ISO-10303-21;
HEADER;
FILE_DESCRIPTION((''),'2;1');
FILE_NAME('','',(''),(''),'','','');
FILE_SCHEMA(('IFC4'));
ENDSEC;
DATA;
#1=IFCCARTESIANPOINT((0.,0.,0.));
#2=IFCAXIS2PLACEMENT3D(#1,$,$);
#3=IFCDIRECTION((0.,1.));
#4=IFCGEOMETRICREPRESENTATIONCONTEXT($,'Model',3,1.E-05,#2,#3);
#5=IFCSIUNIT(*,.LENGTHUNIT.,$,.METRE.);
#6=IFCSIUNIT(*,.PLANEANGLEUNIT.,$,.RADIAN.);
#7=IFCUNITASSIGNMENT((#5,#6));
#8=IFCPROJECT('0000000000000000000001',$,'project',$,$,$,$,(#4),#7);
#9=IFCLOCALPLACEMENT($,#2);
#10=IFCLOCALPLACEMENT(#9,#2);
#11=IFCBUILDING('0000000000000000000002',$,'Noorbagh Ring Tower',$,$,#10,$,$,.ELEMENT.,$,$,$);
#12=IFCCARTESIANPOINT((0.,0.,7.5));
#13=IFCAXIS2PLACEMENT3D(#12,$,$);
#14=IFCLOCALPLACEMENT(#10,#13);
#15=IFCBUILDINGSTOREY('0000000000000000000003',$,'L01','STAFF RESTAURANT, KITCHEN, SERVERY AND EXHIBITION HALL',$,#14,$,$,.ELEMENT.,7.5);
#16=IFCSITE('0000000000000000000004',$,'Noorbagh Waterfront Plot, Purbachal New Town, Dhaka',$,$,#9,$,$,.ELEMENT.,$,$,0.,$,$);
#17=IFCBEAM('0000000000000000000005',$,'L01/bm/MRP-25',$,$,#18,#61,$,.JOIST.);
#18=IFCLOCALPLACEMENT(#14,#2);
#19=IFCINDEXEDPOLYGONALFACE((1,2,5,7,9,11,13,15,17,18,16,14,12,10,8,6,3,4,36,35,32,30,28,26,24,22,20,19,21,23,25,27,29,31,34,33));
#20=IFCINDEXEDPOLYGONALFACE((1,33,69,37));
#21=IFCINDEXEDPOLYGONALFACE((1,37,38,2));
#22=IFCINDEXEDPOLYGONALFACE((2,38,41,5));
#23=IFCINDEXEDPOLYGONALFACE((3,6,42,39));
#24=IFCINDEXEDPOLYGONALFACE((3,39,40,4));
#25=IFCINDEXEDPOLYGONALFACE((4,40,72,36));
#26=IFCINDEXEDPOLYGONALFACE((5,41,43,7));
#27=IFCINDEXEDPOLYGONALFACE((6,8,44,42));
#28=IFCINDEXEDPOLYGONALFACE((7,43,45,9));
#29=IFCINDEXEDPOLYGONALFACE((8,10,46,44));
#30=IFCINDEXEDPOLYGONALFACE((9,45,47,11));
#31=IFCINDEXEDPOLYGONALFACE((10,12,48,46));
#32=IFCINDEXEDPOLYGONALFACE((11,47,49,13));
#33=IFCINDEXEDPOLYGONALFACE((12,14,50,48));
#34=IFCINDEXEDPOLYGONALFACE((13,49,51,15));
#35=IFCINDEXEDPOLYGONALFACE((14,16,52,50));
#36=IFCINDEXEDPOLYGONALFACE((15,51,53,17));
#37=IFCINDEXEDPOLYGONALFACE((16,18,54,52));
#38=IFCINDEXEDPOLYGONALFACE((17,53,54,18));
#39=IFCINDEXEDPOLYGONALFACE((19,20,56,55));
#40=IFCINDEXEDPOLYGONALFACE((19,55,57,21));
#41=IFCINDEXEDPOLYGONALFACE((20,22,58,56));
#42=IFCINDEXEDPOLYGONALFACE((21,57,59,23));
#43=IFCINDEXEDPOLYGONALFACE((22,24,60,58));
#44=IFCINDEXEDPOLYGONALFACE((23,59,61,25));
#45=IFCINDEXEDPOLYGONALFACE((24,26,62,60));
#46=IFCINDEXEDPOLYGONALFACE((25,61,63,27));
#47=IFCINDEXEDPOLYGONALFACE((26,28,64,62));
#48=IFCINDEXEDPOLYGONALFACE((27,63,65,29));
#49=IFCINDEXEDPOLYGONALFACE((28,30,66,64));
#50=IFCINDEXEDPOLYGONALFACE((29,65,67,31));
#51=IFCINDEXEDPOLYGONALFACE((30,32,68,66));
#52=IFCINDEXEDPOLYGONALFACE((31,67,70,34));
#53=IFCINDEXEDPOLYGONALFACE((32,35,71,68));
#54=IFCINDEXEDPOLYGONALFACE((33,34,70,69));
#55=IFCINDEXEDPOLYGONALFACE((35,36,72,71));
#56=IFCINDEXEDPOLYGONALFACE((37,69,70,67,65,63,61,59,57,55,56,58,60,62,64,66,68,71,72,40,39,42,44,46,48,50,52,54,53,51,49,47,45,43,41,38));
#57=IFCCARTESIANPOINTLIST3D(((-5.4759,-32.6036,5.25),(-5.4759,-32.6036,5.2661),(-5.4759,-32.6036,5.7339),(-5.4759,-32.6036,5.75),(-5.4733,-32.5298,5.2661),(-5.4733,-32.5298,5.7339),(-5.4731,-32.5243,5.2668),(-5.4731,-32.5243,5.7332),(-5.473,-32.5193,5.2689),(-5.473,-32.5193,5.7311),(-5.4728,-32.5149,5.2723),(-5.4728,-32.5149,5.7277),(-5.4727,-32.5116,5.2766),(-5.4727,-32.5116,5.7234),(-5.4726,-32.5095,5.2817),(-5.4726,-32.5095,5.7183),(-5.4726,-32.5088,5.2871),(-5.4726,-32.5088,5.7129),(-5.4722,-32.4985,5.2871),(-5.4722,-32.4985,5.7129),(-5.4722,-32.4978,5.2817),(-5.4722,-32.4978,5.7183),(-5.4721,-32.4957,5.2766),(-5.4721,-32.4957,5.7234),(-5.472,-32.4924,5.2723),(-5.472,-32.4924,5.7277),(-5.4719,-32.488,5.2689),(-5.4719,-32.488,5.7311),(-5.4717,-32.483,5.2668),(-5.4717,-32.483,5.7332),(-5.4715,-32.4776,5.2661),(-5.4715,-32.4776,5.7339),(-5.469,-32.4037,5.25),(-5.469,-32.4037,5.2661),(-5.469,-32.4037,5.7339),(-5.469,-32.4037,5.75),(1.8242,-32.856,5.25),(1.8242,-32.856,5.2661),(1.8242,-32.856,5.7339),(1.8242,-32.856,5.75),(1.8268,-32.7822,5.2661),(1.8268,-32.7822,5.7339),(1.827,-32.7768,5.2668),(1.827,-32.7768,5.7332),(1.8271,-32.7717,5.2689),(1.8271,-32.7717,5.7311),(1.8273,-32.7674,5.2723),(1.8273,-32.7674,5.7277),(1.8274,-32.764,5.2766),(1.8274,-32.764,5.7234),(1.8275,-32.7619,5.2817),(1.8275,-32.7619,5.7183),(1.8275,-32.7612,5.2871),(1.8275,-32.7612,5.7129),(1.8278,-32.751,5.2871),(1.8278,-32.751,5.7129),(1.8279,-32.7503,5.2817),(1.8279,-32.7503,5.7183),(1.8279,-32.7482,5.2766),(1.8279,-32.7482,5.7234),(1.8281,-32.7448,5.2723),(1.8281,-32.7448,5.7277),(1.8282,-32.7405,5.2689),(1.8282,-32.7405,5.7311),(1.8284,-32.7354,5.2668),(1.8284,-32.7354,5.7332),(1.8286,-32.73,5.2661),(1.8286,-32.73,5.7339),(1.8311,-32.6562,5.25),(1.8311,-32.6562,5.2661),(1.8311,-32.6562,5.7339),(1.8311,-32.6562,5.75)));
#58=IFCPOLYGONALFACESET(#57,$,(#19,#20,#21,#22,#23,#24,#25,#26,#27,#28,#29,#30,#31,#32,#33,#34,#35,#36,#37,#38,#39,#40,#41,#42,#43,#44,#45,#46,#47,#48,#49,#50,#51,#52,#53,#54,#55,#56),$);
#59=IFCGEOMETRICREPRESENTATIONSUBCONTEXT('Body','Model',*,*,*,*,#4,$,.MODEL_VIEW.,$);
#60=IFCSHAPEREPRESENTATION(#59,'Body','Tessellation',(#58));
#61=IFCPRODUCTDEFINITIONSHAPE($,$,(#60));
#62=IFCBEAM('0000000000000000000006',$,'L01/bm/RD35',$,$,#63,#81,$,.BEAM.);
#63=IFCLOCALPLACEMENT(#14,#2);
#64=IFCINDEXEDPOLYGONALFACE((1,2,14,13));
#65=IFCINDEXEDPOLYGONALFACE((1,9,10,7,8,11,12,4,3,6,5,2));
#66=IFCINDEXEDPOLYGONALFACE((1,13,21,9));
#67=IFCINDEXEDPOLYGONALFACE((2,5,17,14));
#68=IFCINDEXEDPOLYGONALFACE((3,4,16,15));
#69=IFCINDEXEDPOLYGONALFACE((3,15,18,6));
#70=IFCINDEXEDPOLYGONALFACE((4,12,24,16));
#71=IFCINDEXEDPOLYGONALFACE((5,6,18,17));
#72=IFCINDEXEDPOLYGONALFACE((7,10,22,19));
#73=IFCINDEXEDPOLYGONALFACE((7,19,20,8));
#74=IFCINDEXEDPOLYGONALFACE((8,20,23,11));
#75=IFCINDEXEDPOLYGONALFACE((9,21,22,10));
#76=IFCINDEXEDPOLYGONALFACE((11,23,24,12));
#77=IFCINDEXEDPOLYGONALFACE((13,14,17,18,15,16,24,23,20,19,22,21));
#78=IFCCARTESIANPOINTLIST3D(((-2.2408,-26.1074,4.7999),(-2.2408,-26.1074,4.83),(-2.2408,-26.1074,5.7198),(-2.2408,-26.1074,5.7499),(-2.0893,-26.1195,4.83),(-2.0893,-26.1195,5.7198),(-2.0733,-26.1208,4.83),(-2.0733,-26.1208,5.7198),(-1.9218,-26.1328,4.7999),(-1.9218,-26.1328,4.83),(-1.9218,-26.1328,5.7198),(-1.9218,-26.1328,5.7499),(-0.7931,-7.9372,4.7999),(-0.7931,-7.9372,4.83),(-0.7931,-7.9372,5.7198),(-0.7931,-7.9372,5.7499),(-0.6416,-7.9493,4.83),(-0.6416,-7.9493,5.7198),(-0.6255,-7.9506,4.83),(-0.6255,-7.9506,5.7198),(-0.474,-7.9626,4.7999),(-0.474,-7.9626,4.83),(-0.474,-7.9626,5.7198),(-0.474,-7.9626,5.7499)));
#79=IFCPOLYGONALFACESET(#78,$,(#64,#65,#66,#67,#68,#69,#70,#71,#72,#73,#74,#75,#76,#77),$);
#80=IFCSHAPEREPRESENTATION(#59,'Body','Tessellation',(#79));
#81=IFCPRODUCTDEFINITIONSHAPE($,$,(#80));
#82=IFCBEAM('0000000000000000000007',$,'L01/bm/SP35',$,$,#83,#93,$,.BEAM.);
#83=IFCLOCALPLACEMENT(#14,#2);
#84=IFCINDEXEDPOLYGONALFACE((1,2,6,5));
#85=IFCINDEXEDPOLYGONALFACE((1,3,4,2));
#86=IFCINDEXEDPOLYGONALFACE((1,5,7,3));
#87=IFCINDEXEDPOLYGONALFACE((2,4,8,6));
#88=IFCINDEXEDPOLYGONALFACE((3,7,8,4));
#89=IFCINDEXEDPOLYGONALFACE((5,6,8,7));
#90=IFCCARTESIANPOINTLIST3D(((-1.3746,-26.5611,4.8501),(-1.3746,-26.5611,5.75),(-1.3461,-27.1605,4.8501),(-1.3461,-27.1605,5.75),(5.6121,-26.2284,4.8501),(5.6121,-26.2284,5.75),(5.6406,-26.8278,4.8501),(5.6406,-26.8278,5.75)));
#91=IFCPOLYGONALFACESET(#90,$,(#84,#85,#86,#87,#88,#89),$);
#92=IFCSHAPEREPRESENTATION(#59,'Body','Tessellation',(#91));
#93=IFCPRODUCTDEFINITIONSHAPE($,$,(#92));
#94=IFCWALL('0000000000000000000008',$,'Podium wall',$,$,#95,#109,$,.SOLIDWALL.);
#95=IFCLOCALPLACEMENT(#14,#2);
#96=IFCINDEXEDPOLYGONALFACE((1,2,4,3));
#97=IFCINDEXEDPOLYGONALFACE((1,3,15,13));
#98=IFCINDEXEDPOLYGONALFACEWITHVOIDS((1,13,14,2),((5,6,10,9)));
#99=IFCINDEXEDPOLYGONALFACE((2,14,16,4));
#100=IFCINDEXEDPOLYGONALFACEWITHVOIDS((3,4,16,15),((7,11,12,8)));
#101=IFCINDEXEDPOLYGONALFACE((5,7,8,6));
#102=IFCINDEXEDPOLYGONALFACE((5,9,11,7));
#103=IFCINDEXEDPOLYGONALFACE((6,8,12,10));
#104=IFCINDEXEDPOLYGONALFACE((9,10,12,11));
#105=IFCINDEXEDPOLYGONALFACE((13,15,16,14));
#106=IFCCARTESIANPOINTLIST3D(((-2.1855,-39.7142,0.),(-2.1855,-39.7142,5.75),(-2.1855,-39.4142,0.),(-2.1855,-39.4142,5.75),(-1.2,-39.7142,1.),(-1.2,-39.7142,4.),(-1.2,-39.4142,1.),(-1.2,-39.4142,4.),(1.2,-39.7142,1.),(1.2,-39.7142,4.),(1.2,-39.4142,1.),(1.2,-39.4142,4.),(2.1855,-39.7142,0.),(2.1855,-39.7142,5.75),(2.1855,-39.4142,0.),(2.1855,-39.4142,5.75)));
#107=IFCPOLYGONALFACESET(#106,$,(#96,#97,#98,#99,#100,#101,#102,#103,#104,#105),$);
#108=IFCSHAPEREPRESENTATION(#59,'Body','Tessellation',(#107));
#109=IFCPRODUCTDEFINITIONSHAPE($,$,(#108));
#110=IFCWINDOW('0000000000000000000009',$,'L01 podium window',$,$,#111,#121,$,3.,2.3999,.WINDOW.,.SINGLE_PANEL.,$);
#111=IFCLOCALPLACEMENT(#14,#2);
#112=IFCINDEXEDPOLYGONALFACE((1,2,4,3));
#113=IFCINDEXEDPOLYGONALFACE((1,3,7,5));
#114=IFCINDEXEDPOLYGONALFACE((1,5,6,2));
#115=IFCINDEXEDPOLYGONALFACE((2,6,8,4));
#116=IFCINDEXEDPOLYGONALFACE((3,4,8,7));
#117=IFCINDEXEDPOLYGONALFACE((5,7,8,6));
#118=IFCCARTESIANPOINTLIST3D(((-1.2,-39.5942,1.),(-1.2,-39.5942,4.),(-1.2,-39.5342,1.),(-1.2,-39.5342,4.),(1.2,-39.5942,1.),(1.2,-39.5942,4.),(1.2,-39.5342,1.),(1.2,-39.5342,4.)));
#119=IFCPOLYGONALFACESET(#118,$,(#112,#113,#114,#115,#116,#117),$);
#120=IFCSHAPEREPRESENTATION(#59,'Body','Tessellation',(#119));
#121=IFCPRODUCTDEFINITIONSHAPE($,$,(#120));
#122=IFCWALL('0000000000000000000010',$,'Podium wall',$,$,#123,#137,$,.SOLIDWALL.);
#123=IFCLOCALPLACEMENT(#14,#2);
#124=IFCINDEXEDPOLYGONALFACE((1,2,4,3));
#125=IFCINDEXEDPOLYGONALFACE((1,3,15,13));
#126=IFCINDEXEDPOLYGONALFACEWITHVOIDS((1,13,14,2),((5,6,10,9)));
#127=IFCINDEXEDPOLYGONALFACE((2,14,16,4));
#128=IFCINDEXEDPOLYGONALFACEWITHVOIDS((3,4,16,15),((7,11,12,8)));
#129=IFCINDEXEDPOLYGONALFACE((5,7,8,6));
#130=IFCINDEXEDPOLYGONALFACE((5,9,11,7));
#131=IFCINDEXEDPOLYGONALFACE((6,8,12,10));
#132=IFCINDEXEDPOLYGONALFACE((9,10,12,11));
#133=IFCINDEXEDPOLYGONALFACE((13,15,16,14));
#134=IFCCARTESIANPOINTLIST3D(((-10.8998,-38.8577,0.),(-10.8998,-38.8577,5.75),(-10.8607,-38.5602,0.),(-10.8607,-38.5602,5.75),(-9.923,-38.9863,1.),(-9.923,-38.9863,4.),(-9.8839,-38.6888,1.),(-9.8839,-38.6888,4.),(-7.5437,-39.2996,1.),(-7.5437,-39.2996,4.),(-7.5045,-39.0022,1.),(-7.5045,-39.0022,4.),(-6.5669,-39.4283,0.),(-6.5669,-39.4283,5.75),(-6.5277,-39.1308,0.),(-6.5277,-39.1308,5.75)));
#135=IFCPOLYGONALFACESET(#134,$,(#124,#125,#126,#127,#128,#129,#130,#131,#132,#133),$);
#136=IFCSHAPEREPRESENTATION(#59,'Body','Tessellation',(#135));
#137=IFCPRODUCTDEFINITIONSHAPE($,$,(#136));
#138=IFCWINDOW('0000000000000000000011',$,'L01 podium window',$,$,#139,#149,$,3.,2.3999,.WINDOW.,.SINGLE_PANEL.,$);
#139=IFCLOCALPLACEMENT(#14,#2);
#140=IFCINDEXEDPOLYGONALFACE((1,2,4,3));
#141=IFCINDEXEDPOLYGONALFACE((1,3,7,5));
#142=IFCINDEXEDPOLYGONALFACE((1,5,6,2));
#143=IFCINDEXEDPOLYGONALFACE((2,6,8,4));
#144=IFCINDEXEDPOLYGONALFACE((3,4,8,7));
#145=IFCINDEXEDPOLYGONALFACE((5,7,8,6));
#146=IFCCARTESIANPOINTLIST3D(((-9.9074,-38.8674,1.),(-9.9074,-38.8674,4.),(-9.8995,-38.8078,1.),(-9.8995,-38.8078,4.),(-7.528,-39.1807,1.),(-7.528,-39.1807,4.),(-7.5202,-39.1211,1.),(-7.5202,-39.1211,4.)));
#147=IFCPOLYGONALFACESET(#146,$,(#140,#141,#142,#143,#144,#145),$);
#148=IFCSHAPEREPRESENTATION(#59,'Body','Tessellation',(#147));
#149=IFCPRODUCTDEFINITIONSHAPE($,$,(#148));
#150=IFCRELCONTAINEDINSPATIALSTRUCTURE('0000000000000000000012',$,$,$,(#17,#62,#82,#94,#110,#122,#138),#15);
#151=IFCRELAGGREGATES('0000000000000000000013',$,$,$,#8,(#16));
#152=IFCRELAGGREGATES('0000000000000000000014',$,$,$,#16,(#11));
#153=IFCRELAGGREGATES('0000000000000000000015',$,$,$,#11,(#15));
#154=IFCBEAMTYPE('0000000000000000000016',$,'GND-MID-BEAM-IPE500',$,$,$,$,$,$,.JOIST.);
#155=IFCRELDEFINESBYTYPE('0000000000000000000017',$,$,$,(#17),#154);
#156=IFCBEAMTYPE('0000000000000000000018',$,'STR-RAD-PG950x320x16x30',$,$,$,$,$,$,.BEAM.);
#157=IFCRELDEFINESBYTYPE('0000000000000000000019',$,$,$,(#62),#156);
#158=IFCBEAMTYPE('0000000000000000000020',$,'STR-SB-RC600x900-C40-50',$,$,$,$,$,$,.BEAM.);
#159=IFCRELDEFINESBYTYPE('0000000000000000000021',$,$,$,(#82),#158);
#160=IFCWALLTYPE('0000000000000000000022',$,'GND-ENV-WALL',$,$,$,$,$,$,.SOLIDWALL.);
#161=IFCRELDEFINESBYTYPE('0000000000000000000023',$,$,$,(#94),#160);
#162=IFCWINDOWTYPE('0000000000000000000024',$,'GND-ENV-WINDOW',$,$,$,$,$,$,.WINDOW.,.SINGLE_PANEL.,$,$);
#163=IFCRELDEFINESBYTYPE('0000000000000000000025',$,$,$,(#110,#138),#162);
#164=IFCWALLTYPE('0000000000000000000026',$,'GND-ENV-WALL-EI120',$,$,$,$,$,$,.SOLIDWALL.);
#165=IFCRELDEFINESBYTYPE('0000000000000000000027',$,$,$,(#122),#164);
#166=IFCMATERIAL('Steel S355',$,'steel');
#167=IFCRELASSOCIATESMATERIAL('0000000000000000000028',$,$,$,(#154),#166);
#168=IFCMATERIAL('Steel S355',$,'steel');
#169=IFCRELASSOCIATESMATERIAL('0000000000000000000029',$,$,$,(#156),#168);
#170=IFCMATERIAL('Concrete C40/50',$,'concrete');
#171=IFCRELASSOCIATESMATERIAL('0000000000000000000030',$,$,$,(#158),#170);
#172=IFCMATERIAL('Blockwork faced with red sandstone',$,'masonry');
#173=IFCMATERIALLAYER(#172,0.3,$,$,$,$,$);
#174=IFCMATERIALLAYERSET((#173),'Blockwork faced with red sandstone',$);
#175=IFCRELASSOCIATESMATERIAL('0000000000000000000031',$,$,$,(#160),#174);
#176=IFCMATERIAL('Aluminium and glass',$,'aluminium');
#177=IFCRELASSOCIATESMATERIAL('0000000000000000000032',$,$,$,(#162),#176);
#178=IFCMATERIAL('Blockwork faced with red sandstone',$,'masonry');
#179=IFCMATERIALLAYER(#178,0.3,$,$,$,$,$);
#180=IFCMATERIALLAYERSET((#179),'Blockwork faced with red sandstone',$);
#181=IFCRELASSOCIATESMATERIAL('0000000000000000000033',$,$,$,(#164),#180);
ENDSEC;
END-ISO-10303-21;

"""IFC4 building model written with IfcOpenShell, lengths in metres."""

from ifc_helpers import new_model, si_unit, direction, frame, frame_2d, origin, origin_2d, place, context, subcontext, project, spatial, rectangle, i_section, extrude, material, layer, layer_set, material_profile, profile_set, type_object, element, fill, save


model = new_model("IFC4")

# Units and contexts
model_context = context("Model", 3, precision=1e-05, world=origin(), true_north=direction((0.0, 1.0)))
body_context = subcontext(model_context, "Body", "Model", "MODEL_VIEW")
ifc_project = project(units=[si_unit("LENGTHUNIT", "METRE"), si_unit("PLANEANGLEUNIT", "RADIAN")], contexts=[model_context])

# Site, building, storey
site_placement = place(None, origin())
site = spatial("IfcSite", under=ifc_project, at=site_placement, Name="Noorbagh Waterfront Plot, Purbachal New Town, Dhaka", CompositionType="ELEMENT", RefElevation=0.0)
building_placement = place(site_placement, origin())
building = spatial("IfcBuilding", under=site, at=building_placement, Name="Noorbagh Ring Tower", CompositionType="ELEMENT")
storey_placement = place(building_placement, frame((0.0, 0.0, 7.5)))
storey = spatial("IfcBuildingStorey", under=building, at=storey_placement, Name="L01", Description="STAFF RESTAURANT, KITCHEN, SERVERY AND EXHIBITION HALL", CompositionType="ELEMENT", Elevation=7.5)

# Beams
ifc_material_1 = material(Name="Steel S355", Category="steel")
ifc_material_profile_1 = material_profile(ifc_material_1, i_section(OverallWidth=0.2, OverallDepth=0.5, WebThickness=0.0103, FlangeThickness=0.0161, FilletRadius=0.021, at=origin_2d()), Name="IPE500")
ifc_profile_set_1 = profile_set([ifc_material_profile_1], Name="Steel S355")
beam_type_1 = type_object("IfcBeamType", Name="GND-MID-BEAM-IPE500", PredefinedType="JOIST", material=ifc_profile_set_1)
beam_1_placement = place(storey_placement, frame((-5.4724, -32.5037, 5.5), z_axis=(0.999403, -0.03456, 0.0), x_axis=(0.03456, 0.999403, 0.0)))
element("IfcBeam", 1, at=beam_1_placement, inside=storey, type_object=beam_type_1, Name="L01/bm/MRP-25", PredefinedType="JOIST", context=body_context, shape_type="SweptSolid", body=[
    extrude(i_section(OverallWidth=0.2, OverallDepth=0.5, WebThickness=0.0103, FlangeThickness=0.0161, FilletRadius=0.021, at=origin_2d()), origin(), (0.0, 0.0, 1.0), 7.3044),
])
ifc_material_2 = material(Name="Steel S355", Category="steel")
ifc_material_profile_2 = material_profile(ifc_material_2, i_section(OverallWidth=0.3201, OverallDepth=0.95, WebThickness=0.0161, FlangeThickness=0.03, at=origin_2d()), Name="PG950x320x16x30")
ifc_profile_set_2 = profile_set([ifc_material_profile_2], Name="Steel S355")
beam_type_2 = type_object("IfcBeamType", Name="STR-RAD-PG950x320x16x30", PredefinedType="BEAM", material=ifc_profile_set_2)
beam_2_placement = place(storey_placement, frame((-2.0813, -26.1201, 5.2749), z_axis=(0.079426, 0.996841, 0.0), x_axis=(-0.996841, 0.079426, 0.0)))
element("IfcBeam", 2, at=beam_2_placement, inside=storey, type_object=beam_type_2, Name="L01/bm/RD35", PredefinedType="BEAM", context=body_context, shape_type="SweptSolid", body=[
    extrude(i_section(OverallWidth=0.3201, OverallDepth=0.95, WebThickness=0.0161, FlangeThickness=0.03, at=origin_2d()), origin(), (0.0, 0.0, 1.0), 18.2278),
])
ifc_material_3 = material(Name="Concrete C40/50", Category="concrete")
ifc_material_profile_3 = material_profile(ifc_material_3, rectangle(XDim=0.6001, YDim=0.8999, at=origin_2d()), Name="RC600x900")
ifc_profile_set_3 = profile_set([ifc_material_profile_3], Name="Concrete C40/50")
beam_type_3 = type_object("IfcBeamType", Name="STR-SB-RC600x900-C40-50", PredefinedType="BEAM", material=ifc_profile_set_3)
beam_3_placement = place(storey_placement, frame((-1.3604, -26.8608, 5.3), z_axis=(0.998868, 0.047573, 0.0), x_axis=(-0.047573, 0.998868, 0.0)))
element("IfcBeam", 3, at=beam_3_placement, inside=storey, type_object=beam_type_3, Name="L01/bm/SP35", PredefinedType="BEAM", context=body_context, shape_type="SweptSolid", body=[
    extrude(rectangle(XDim=0.6001, YDim=0.8999, at=origin_2d()), origin(), (0.0, 0.0, 1.0), 6.9946),
])

# Walls, openings, windows
ifc_material_4 = material(Name="Blockwork faced with red sandstone", Category="masonry")
ifc_layer_1 = layer(ifc_material_4, 0.3)
ifc_layer_set_1 = layer_set([ifc_layer_1], Name="Blockwork faced with red sandstone")
wall_type_1 = type_object("IfcWallType", Name="GND-ENV-WALL", PredefinedType="SOLIDWALL", material=ifc_layer_set_1)
wall_1_placement = place(storey_placement, frame((-2.1855, -39.5642, 0.0), z_axis=(0.0, 0.0, 1.0), x_axis=(1.0, 0.0, 0.0)))
wall_1 = element("IfcWall", 4, at=wall_1_placement, inside=storey, type_object=wall_type_1, Name="Podium wall", PredefinedType="SOLIDWALL", context=body_context, shape_type="SweptSolid", body=[
    extrude(rectangle(XDim=4.3711, YDim=0.3, at=frame_2d((2.1855, 0.0))), origin(), (0.0, 0.0, 1.0), 5.75),
])
opening_1_placement = place(wall_1_placement, frame((0.9856, 0.0, 1.0)))
opening_1 = element("IfcOpeningElement", 5, at=opening_1_placement, cuts=wall_1, PredefinedType="OPENING", context=body_context, shape_type="SweptSolid", body=[
    extrude(rectangle(XDim=2.3999, YDim=3.0, at=frame_2d((1.2, 1.5))), frame((0.0, 0.1602, 0.0), z_axis=(0.0, -1.0, 0.0), x_axis=(1.0, 0.0, 0.0)), (0.0, 0.0, 1.0), 0.3201),
])
ifc_material_5 = material(Name="Aluminium and glass", Category="aluminium")
window_type = type_object("IfcWindowType", Name="GND-ENV-WINDOW", PartitioningType="SINGLE_PANEL", PredefinedType="WINDOW", material=ifc_material_5)
window_1_placement = place(opening_1_placement, origin())
window_1 = element("IfcWindow", 6, at=window_1_placement, inside=storey, type_object=window_type, Name="L01 podium window", OverallHeight=3.0, OverallWidth=2.3999, PartitioningType="SINGLE_PANEL", PredefinedType="WINDOW", context=body_context, shape_type="SweptSolid", body=[
    extrude(rectangle(XDim=2.3999, YDim=3.0, at=frame_2d((1.2, 1.5))), frame((0.0, 0.03, 0.0), z_axis=(0.0, -1.0, 0.0), x_axis=(1.0, 0.0, 0.0)), (0.0, 0.0, 1.0), 0.0601),
])
fill(opening_1, window_1)
ifc_material_6 = material(Name="Blockwork faced with red sandstone", Category="masonry")
ifc_layer_2 = layer(ifc_material_6, 0.3)
ifc_layer_set_2 = layer_set([ifc_layer_2], Name="Blockwork faced with red sandstone")
wall_type_2 = type_object("IfcWallType", Name="GND-ENV-WALL-EI120", PredefinedType="SOLIDWALL", material=ifc_layer_set_2)
wall_2_placement = place(storey_placement, frame((-10.8801, -38.709, 0.0), z_axis=(0.0, 0.0, 1.0), x_axis=(0.991442, -0.13055, 0.0)))
wall_2 = element("IfcWall", 7, at=wall_2_placement, inside=storey, type_object=wall_type_2, Name="Podium wall", PredefinedType="SOLIDWALL", context=body_context, shape_type="SweptSolid", body=[
    extrude(rectangle(XDim=4.3704, YDim=0.3, at=frame_2d((2.1851, 0.0))), origin(), (0.0, 0.0, 1.0), 5.75),
])
opening_2_placement = place(wall_2_placement, frame((0.9851, 0.0, 1.0)))
opening_2 = element("IfcOpeningElement", 8, at=opening_2_placement, cuts=wall_2, PredefinedType="OPENING", context=body_context, shape_type="SweptSolid", body=[
    extrude(rectangle(XDim=2.3999, YDim=3.0, at=frame_2d((1.2, 1.5))), frame((0.0, 0.1602, 0.0), z_axis=(0.0, -1.0, 0.0), x_axis=(1.0, 0.0, 0.0)), (0.0, 0.0, 1.0), 0.3201),
])
window_2_placement = place(opening_2_placement, origin())
window_2 = element("IfcWindow", 9, at=window_2_placement, inside=storey, type_object=window_type, Name="L01 podium window", OverallHeight=3.0, OverallWidth=2.3999, PartitioningType="SINGLE_PANEL", PredefinedType="WINDOW", context=body_context, shape_type="SweptSolid", body=[
    extrude(rectangle(XDim=2.3999, YDim=3.0, at=frame_2d((1.2, 1.5))), frame((0.0, 0.03, 0.0), z_axis=(0.0, -1.0, 0.0), x_axis=(1.0, 0.0, 0.0)), (0.0, 0.0, 1.0), 0.0601),
])
fill(opening_2, window_2)

save(model, "model.ifc")
